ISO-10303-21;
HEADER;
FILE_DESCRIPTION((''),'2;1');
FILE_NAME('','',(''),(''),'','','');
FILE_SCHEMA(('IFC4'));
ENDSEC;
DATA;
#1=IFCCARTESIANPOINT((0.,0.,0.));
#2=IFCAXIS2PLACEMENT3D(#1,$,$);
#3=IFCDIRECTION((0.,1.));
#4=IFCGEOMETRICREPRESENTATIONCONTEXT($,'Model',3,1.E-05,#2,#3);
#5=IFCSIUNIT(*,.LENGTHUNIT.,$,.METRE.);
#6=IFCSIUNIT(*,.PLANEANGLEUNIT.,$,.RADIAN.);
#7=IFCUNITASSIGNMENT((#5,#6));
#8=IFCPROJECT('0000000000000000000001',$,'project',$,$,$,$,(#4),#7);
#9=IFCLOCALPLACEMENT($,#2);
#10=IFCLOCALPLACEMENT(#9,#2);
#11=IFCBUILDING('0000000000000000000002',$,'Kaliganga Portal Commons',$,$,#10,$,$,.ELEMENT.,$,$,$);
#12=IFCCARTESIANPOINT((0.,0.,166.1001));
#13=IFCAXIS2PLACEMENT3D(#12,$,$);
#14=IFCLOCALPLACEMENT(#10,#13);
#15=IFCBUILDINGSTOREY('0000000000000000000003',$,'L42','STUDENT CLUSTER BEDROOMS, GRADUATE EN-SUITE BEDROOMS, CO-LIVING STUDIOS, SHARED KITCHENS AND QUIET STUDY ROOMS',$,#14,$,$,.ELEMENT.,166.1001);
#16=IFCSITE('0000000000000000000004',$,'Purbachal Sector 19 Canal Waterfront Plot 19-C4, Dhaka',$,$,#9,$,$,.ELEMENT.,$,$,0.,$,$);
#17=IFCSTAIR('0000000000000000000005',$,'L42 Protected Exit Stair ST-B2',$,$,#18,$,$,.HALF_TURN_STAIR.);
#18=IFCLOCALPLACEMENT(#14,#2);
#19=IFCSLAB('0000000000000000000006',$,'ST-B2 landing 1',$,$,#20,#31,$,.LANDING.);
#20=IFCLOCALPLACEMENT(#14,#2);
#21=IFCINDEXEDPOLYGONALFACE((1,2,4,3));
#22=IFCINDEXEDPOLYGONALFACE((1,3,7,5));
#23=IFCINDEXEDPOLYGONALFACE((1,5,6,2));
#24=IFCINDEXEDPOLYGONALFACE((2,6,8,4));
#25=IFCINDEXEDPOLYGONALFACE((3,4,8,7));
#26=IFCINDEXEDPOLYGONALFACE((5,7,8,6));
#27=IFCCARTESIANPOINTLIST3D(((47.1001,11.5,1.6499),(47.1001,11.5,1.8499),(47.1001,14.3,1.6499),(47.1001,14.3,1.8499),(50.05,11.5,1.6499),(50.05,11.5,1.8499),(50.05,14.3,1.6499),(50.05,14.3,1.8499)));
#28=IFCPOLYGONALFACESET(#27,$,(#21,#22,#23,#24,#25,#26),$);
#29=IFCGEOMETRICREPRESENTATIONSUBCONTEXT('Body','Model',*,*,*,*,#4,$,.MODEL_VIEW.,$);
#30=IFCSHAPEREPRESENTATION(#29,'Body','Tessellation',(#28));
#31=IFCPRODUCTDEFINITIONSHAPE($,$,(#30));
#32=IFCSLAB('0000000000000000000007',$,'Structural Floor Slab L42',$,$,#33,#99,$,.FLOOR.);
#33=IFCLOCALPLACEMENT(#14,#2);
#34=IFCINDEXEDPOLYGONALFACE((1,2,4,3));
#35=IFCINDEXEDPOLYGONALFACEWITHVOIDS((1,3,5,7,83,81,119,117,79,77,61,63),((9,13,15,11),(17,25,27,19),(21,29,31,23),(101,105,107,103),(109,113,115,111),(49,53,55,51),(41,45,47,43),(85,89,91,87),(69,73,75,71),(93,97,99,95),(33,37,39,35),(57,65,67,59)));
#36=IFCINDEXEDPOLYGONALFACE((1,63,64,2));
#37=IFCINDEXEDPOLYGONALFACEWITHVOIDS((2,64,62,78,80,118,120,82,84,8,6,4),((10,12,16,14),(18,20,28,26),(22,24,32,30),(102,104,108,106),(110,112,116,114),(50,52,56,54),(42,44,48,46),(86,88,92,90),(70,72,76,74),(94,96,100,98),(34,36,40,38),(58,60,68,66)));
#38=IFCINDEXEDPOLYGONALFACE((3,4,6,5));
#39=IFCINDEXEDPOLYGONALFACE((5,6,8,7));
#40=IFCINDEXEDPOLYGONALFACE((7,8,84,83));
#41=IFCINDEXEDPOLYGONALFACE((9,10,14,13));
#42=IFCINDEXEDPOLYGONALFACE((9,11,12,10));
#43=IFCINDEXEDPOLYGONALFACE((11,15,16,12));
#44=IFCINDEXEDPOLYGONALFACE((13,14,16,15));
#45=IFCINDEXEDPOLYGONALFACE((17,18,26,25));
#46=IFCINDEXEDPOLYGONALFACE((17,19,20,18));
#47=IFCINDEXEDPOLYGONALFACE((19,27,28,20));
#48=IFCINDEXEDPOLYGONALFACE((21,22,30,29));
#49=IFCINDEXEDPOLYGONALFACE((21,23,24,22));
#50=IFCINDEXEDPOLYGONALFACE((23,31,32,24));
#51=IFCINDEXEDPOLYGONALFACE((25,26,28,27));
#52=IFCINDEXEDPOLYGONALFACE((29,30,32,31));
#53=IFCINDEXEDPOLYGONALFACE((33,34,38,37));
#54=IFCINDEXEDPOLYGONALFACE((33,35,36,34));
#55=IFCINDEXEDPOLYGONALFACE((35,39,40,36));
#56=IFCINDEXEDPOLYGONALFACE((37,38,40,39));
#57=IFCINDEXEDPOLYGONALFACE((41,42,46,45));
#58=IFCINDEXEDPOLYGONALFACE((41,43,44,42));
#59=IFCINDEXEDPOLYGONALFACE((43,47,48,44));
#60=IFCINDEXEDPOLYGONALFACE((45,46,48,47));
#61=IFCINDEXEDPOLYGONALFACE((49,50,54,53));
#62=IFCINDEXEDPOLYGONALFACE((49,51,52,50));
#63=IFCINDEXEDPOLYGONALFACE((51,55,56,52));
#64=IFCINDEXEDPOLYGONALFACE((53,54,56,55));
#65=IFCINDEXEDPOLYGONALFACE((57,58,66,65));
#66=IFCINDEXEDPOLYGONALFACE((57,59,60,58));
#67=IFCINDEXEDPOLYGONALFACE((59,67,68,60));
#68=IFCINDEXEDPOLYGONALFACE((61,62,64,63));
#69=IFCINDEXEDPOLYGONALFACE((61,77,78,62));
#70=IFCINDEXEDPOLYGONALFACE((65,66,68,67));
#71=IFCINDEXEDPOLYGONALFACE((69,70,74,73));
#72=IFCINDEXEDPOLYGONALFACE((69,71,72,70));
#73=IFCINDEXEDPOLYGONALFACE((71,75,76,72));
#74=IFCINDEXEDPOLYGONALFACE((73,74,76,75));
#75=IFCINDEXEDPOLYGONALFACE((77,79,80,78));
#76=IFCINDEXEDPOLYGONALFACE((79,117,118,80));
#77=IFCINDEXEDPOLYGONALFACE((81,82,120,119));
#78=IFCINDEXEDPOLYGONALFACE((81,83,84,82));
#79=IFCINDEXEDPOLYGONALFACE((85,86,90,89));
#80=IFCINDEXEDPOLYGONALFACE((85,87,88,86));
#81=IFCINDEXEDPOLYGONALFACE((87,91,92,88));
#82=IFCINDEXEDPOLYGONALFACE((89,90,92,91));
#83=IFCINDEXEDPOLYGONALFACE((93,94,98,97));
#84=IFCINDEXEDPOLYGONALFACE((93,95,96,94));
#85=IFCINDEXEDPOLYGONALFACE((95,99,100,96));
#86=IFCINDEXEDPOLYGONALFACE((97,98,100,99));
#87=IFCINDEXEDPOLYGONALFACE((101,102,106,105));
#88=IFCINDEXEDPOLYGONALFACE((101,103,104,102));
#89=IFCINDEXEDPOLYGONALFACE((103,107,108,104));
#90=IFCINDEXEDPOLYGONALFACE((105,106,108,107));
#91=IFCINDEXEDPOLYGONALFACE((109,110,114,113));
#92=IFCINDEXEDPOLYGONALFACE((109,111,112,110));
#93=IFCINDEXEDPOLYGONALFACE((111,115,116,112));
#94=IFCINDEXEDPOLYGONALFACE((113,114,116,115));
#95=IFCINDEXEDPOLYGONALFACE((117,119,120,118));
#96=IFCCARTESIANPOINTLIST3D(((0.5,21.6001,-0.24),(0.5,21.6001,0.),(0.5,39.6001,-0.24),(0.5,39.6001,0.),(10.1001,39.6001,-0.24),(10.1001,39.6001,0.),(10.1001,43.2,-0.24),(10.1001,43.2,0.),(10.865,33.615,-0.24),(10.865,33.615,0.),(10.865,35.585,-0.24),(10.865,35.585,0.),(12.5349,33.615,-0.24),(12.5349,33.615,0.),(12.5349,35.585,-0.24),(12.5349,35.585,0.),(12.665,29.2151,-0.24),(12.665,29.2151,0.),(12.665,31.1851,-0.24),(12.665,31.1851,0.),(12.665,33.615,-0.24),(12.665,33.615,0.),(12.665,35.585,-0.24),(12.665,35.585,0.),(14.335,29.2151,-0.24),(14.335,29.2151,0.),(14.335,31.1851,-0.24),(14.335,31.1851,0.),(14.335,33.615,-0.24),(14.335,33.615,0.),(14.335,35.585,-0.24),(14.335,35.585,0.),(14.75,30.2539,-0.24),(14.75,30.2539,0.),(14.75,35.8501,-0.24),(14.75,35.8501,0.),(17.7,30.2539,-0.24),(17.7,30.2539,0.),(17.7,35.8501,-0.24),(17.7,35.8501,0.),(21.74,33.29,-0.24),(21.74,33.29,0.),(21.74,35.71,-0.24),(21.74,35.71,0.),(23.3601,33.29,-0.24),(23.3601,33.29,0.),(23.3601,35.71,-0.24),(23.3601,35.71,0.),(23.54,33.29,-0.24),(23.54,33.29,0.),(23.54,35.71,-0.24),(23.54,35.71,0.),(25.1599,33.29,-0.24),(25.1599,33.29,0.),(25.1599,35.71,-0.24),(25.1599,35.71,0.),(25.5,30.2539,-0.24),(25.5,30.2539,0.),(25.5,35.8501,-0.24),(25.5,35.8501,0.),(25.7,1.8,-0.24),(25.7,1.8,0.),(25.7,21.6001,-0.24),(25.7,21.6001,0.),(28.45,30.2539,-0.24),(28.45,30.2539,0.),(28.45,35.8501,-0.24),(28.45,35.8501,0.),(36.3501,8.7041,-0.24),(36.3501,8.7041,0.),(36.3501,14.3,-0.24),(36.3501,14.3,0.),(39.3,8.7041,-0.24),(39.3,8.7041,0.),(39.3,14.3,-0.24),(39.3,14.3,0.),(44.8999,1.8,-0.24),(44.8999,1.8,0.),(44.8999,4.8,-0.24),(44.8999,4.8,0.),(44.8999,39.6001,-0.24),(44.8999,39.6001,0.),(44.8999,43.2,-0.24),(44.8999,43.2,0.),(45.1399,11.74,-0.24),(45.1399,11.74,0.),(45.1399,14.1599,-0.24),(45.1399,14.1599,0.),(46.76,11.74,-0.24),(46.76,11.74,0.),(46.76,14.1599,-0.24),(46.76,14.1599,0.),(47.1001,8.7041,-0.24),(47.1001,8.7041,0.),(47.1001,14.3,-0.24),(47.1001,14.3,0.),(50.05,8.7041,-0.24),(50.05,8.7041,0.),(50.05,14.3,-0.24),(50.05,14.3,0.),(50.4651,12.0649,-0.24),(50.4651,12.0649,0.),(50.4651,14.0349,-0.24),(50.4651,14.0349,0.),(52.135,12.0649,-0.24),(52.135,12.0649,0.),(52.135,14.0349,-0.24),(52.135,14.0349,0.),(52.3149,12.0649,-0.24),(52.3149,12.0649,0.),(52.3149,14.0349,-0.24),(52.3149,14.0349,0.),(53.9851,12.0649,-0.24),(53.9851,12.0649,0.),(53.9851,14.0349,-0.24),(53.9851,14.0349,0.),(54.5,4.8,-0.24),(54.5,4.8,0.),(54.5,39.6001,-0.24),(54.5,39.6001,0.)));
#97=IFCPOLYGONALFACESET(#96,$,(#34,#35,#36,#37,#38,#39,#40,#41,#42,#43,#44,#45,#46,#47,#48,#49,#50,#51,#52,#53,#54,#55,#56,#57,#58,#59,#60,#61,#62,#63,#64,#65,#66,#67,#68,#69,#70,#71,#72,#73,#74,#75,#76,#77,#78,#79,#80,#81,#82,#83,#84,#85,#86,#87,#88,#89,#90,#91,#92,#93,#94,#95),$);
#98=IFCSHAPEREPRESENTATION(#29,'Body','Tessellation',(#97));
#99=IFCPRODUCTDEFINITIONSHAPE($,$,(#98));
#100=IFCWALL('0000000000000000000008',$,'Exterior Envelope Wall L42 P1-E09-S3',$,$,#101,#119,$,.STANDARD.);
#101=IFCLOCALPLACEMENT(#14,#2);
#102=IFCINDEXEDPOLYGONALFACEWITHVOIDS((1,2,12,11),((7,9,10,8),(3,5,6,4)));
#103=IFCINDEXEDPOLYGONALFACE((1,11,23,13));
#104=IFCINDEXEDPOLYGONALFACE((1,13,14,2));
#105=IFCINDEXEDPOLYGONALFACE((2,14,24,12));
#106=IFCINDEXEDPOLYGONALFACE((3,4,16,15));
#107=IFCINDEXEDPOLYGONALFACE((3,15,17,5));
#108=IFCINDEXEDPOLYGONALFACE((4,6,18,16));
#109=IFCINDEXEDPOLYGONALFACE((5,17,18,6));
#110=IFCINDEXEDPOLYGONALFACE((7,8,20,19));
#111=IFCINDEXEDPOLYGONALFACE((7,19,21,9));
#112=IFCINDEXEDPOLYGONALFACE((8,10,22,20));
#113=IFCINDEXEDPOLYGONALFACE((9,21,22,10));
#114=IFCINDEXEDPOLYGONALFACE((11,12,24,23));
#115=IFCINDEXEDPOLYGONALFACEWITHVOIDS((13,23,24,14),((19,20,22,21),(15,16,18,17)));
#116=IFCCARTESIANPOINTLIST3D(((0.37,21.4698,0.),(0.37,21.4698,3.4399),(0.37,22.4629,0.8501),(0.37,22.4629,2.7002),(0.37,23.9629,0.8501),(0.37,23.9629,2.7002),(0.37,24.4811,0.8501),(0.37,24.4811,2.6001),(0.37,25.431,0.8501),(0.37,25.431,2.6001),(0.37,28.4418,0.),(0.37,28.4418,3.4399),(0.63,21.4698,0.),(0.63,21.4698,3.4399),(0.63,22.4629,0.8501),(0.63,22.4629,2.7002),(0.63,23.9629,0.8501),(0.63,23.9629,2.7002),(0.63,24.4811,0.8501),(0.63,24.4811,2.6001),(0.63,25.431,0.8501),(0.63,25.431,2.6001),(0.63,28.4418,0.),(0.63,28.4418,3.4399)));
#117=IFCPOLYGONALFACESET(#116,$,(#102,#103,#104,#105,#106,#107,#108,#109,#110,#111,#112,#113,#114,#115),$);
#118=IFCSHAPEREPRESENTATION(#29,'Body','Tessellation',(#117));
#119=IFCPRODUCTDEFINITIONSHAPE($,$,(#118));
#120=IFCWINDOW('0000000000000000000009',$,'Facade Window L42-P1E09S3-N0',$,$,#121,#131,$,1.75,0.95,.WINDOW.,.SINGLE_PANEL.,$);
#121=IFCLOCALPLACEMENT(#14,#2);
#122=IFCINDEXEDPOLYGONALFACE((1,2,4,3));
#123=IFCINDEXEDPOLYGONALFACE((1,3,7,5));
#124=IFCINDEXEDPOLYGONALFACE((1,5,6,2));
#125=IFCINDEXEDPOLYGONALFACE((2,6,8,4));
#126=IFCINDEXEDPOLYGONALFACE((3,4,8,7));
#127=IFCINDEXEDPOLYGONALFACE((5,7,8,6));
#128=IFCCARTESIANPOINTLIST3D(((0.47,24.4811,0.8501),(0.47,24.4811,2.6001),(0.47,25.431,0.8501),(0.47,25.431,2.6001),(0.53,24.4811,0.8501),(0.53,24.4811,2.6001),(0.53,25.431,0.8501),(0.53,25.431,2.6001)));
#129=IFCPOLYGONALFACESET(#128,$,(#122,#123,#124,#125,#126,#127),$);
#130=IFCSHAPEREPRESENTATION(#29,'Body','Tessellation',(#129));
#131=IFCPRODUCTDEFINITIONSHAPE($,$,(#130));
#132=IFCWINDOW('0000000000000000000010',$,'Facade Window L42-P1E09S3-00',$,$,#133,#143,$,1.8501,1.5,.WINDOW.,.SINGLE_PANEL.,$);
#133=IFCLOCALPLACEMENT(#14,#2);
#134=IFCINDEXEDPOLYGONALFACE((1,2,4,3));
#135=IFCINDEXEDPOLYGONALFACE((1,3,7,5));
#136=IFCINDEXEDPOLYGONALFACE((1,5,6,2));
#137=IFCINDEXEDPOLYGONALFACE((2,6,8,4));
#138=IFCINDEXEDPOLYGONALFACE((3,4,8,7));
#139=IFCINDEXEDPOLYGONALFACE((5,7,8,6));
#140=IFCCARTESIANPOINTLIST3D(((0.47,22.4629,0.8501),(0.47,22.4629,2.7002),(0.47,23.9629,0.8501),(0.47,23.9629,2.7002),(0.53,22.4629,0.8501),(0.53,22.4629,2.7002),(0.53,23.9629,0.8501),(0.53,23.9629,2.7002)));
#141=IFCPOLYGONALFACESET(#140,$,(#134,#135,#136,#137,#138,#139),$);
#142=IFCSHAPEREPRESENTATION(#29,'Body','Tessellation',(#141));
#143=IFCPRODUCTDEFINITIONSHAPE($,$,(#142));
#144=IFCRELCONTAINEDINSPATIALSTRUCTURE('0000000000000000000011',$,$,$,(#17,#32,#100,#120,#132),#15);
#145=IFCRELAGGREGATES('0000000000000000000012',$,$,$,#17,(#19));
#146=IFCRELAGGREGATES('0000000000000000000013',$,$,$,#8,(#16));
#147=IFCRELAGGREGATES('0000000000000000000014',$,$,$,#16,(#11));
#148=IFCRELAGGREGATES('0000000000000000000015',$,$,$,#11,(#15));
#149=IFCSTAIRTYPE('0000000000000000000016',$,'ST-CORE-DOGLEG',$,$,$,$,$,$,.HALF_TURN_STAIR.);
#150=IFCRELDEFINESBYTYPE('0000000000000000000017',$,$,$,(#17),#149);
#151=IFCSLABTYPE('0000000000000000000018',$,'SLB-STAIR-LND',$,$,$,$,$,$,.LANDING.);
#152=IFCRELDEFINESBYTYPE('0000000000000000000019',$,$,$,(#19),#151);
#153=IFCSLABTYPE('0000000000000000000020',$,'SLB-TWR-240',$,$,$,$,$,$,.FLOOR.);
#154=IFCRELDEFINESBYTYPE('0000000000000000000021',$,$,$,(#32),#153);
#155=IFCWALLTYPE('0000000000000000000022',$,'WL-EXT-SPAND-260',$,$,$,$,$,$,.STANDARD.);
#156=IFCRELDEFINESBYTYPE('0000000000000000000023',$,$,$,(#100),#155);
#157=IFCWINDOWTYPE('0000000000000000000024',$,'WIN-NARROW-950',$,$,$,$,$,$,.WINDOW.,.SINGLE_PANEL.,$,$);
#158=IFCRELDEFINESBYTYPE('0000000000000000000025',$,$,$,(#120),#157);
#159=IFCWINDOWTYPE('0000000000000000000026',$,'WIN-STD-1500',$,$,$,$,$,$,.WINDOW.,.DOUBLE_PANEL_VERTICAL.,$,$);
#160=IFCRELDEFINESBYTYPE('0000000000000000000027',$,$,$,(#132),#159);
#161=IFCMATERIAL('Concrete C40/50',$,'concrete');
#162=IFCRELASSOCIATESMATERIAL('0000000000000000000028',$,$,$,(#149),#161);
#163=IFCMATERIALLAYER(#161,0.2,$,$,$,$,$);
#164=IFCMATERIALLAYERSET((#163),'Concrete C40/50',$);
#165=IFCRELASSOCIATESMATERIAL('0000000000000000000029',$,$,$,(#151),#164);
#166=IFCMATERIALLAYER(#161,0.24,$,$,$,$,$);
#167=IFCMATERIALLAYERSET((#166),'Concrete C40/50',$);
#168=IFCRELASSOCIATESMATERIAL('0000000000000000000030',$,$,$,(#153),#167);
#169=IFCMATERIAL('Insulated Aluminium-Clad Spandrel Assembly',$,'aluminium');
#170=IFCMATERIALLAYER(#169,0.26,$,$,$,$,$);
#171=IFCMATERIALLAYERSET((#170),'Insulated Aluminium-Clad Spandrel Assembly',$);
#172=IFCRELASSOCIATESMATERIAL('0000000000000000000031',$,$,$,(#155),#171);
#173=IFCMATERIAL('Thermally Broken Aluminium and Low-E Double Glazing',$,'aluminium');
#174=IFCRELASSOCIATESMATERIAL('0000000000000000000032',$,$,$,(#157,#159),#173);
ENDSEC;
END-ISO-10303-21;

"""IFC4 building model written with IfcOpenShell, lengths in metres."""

from ifc_helpers import new_model, si_unit, direction, frame, frame_2d, origin, place, context, subcontext, project, spatial, polyline, rectangle, outline, extrude, material, layer, layer_set, type_object, element, fill, aggregate, save


model = new_model("IFC4")

# Units and contexts
model_context = context("Model", 3, precision=1e-05, world=origin(), true_north=direction((0.0, 1.0)))
body_context = subcontext(model_context, "Body", "Model", "MODEL_VIEW")
ifc_project = project(units=[si_unit("LENGTHUNIT", "METRE"), si_unit("PLANEANGLEUNIT", "RADIAN")], contexts=[model_context])

# Site, building, storey
site_placement = place(None, origin())
site = spatial("IfcSite", under=ifc_project, at=site_placement, Name="Purbachal Sector 19 Canal Waterfront Plot 19-C4, Dhaka", CompositionType="ELEMENT", RefElevation=0.0)
building_placement = place(site_placement, origin())
building = spatial("IfcBuilding", under=site, at=building_placement, Name="Kaliganga Portal Commons", CompositionType="ELEMENT")
storey_placement = place(building_placement, frame((0.0, 0.0, 166.1001)))
storey = spatial("IfcBuildingStorey", under=building, at=storey_placement, Name="L42", Description="STUDENT CLUSTER BEDROOMS, GRADUATE EN-SUITE BEDROOMS, CO-LIVING STUDIOS, SHARED KITCHENS AND QUIET STUDY ROOMS", CompositionType="ELEMENT", Elevation=166.1001)

# Shared definitions
ifc_material_1 = material(Name="Concrete C40/50", Category="concrete")

# Stair, slab
stair_type = type_object("IfcStairType", Name="ST-CORE-DOGLEG", PredefinedType="HALF_TURN_STAIR", material=ifc_material_1)
ifc_layer_1 = layer(ifc_material_1, 0.2)
ifc_layer_set_1 = layer_set([ifc_layer_1], Name="Concrete C40/50")
slab_type_1 = type_object("IfcSlabType", Name="SLB-STAIR-LND", PredefinedType="LANDING", material=ifc_layer_set_1)
stair_1_placement = place(storey_placement, origin())
stair_1 = element("IfcStair", 1, at=stair_1_placement, inside=storey, type_object=stair_type, Name="L42 Protected Exit Stair ST-B2", PredefinedType="HALF_TURN_STAIR")
slab_1_placement = place(storey_placement, frame((0.0, 0.0, 1.6499)))
slab_1 = element("IfcSlab", 2, at=slab_1_placement, type_object=slab_type_1, Name="ST-B2 landing 1", PredefinedType="LANDING", context=body_context, shape_type="SweptSolid", body=[
    extrude(outline(polyline([(50.05, 11.5), (50.05, 14.3), (47.1001, 14.3), (47.1001, 11.5), (50.05, 11.5)])), origin(), (0.0, 0.0, 1.0), 0.2),
])
aggregate(stair_1, [slab_1])

# Slab
ifc_layer_2 = layer(ifc_material_1, 0.24)
ifc_layer_set_2 = layer_set([ifc_layer_2], Name="Concrete C40/50")
slab_type_2 = type_object("IfcSlabType", Name="SLB-TWR-240", PredefinedType="FLOOR", material=ifc_layer_set_2)
slab_2_placement = place(storey_placement, frame((0.0, 0.0, -0.24)))
element("IfcSlab", 3, at=slab_2_placement, inside=storey, type_object=slab_type_2, Name="Structural Floor Slab L42", PredefinedType="FLOOR", context=body_context, shape_type="SweptSolid", body=[
    extrude(outline(polyline([(25.7, 1.8), (44.8999, 1.8), (44.8999, 4.8), (54.5, 4.8), (54.5, 39.6001), (44.8999, 39.6001), (44.8999, 43.2), (10.1001, 43.2), (10.1001, 39.6001), (0.5, 39.6001), (0.5, 21.6001), (25.7, 21.6001), (25.7, 1.8)]), holes=[polyline([(14.75, 30.2539), (14.75, 35.8501), (17.7, 35.8501), (17.7, 30.2539), (14.75, 30.2539)]), polyline([(25.5, 30.2539), (25.5, 35.8501), (28.45, 35.8501), (28.45, 30.2539), (25.5, 30.2539)]), polyline([(36.3501, 8.7041), (36.3501, 14.3), (39.3, 14.3), (39.3, 8.7041), (36.3501, 8.7041)]), polyline([(47.1001, 8.7041), (47.1001, 14.3), (50.05, 14.3), (50.05, 8.7041), (47.1001, 8.7041)]), polyline([(12.665, 33.615), (12.665, 35.585), (14.335, 35.585), (14.335, 33.615), (12.665, 33.615)]), polyline([(12.665, 29.2151), (12.665, 31.1851), (14.335, 31.1851), (14.335, 29.2151), (12.665, 29.2151)]), polyline([(10.865, 33.615), (10.865, 35.585), (12.5349, 35.585), (12.5349, 33.615), (10.865, 33.615)]), polyline([(21.74, 33.29), (21.74, 35.71), (23.3601, 35.71), (23.3601, 33.29), (21.74, 33.29)]), polyline([(23.54, 33.29), (23.54, 35.71), (25.1599, 35.71), (25.1599, 33.29), (23.54, 33.29)]), polyline([(50.4651, 12.0649), (50.4651, 14.0349), (52.135, 14.0349), (52.135, 12.0649), (50.4651, 12.0649)]), polyline([(52.3149, 12.0649), (52.3149, 14.0349), (53.9851, 14.0349), (53.9851, 12.0649), (52.3149, 12.0649)]), polyline([(45.1399, 11.74), (45.1399, 14.1599), (46.76, 14.1599), (46.76, 11.74), (45.1399, 11.74)])]), origin(), (0.0, 0.0, 1.0), 0.24),
])

# Wall, openings, windows
ifc_material_2 = material(Name="Insulated Aluminium-Clad Spandrel Assembly", Category="aluminium")
ifc_layer_3 = layer(ifc_material_2, 0.26)
ifc_layer_set_3 = layer_set([ifc_layer_3], Name="Insulated Aluminium-Clad Spandrel Assembly")
wall_type_1 = type_object("IfcWallType", Name="WL-EXT-SPAND-260", PredefinedType="STANDARD", material=ifc_layer_set_3)
wall_1_placement = place(storey_placement, frame((0.5, 21.47, 0.0), z_axis=(0.0, 0.0, 1.0), x_axis=(0.0, 1.0, 0.0)))
wall_1 = element("IfcWall", 4, at=wall_1_placement, inside=storey, type_object=wall_type_1, Name="Exterior Envelope Wall L42 P1-E09-S3", PredefinedType="STANDARD", context=body_context, shape_type="SweptSolid", body=[
    extrude(rectangle(XDim=6.9719, YDim=0.26, at=frame_2d((3.4858, 0.0))), origin(), (0.0, 0.0, 1.0), 3.4399),
])
opening_1_placement = place(wall_1_placement, frame((0.9929, 0.0, 0.8501)))
opening_1 = element("IfcOpeningElement", 5, at=opening_1_placement, cuts=wall_1, PredefinedType="OPENING", context=body_context, shape_type="SweptSolid", body=[
    extrude(rectangle(XDim=1.5, YDim=1.8501, at=frame_2d((0.75, 0.925))), frame((0.0, 0.1401, 0.0), z_axis=(0.0, -1.0, 0.0), x_axis=(1.0, 0.0, 0.0)), (0.0, 0.0, 1.0), 0.28),
])
opening_2_placement = place(wall_1_placement, frame((3.011, 0.0, 0.8501)))
opening_2 = element("IfcOpeningElement", 6, at=opening_2_placement, cuts=wall_1, PredefinedType="OPENING", context=body_context, shape_type="SweptSolid", body=[
    extrude(rectangle(XDim=0.95, YDim=1.75, at=frame_2d((0.4751, 0.875))), frame((0.0, 0.1401, 0.0), z_axis=(0.0, -1.0, 0.0), x_axis=(1.0, 0.0, 0.0)), (0.0, 0.0, 1.0), 0.28),
])
ifc_material_3 = material(Name="Thermally Broken Aluminium and Low-E Double Glazing", Category="aluminium")
window_type_1 = type_object("IfcWindowType", Name="WIN-NARROW-950", PartitioningType="SINGLE_PANEL", PredefinedType="WINDOW", material=ifc_material_3)
window_1_placement = place(opening_2_placement, origin())
window_1 = element("IfcWindow", 7, at=window_1_placement, inside=storey, type_object=window_type_1, Name="Facade Window L42-P1E09S3-N0", OverallHeight=1.75, OverallWidth=0.95, PartitioningType="SINGLE_PANEL", PredefinedType="WINDOW", context=body_context, shape_type="SweptSolid", body=[
    extrude(rectangle(XDim=0.95, YDim=1.75, at=frame_2d((0.4751, 0.875))), frame((0.0, 0.03, 0.0), z_axis=(0.0, -1.0, 0.0), x_axis=(1.0, 0.0, 0.0)), (0.0, 0.0, 1.0), 0.0601),
])
fill(opening_2, window_1)
window_type_2 = type_object("IfcWindowType", Name="WIN-STD-1500", PartitioningType="DOUBLE_PANEL_VERTICAL", PredefinedType="WINDOW", material=ifc_material_3)
window_2_placement = place(opening_1_placement, origin())
window_2 = element("IfcWindow", 8, at=window_2_placement, inside=storey, type_object=window_type_2, Name="Facade Window L42-P1E09S3-00", OverallHeight=1.8501, OverallWidth=1.5, PartitioningType="SINGLE_PANEL", PredefinedType="WINDOW", context=body_context, shape_type="SweptSolid", body=[
    extrude(rectangle(XDim=1.5, YDim=1.8501, at=frame_2d((0.75, 0.925))), frame((0.0, 0.03, 0.0), z_axis=(0.0, -1.0, 0.0), x_axis=(1.0, 0.0, 0.0)), (0.0, 0.0, 1.0), 0.0601),
])
fill(opening_1, window_2)

save(model, "model.ifc")
